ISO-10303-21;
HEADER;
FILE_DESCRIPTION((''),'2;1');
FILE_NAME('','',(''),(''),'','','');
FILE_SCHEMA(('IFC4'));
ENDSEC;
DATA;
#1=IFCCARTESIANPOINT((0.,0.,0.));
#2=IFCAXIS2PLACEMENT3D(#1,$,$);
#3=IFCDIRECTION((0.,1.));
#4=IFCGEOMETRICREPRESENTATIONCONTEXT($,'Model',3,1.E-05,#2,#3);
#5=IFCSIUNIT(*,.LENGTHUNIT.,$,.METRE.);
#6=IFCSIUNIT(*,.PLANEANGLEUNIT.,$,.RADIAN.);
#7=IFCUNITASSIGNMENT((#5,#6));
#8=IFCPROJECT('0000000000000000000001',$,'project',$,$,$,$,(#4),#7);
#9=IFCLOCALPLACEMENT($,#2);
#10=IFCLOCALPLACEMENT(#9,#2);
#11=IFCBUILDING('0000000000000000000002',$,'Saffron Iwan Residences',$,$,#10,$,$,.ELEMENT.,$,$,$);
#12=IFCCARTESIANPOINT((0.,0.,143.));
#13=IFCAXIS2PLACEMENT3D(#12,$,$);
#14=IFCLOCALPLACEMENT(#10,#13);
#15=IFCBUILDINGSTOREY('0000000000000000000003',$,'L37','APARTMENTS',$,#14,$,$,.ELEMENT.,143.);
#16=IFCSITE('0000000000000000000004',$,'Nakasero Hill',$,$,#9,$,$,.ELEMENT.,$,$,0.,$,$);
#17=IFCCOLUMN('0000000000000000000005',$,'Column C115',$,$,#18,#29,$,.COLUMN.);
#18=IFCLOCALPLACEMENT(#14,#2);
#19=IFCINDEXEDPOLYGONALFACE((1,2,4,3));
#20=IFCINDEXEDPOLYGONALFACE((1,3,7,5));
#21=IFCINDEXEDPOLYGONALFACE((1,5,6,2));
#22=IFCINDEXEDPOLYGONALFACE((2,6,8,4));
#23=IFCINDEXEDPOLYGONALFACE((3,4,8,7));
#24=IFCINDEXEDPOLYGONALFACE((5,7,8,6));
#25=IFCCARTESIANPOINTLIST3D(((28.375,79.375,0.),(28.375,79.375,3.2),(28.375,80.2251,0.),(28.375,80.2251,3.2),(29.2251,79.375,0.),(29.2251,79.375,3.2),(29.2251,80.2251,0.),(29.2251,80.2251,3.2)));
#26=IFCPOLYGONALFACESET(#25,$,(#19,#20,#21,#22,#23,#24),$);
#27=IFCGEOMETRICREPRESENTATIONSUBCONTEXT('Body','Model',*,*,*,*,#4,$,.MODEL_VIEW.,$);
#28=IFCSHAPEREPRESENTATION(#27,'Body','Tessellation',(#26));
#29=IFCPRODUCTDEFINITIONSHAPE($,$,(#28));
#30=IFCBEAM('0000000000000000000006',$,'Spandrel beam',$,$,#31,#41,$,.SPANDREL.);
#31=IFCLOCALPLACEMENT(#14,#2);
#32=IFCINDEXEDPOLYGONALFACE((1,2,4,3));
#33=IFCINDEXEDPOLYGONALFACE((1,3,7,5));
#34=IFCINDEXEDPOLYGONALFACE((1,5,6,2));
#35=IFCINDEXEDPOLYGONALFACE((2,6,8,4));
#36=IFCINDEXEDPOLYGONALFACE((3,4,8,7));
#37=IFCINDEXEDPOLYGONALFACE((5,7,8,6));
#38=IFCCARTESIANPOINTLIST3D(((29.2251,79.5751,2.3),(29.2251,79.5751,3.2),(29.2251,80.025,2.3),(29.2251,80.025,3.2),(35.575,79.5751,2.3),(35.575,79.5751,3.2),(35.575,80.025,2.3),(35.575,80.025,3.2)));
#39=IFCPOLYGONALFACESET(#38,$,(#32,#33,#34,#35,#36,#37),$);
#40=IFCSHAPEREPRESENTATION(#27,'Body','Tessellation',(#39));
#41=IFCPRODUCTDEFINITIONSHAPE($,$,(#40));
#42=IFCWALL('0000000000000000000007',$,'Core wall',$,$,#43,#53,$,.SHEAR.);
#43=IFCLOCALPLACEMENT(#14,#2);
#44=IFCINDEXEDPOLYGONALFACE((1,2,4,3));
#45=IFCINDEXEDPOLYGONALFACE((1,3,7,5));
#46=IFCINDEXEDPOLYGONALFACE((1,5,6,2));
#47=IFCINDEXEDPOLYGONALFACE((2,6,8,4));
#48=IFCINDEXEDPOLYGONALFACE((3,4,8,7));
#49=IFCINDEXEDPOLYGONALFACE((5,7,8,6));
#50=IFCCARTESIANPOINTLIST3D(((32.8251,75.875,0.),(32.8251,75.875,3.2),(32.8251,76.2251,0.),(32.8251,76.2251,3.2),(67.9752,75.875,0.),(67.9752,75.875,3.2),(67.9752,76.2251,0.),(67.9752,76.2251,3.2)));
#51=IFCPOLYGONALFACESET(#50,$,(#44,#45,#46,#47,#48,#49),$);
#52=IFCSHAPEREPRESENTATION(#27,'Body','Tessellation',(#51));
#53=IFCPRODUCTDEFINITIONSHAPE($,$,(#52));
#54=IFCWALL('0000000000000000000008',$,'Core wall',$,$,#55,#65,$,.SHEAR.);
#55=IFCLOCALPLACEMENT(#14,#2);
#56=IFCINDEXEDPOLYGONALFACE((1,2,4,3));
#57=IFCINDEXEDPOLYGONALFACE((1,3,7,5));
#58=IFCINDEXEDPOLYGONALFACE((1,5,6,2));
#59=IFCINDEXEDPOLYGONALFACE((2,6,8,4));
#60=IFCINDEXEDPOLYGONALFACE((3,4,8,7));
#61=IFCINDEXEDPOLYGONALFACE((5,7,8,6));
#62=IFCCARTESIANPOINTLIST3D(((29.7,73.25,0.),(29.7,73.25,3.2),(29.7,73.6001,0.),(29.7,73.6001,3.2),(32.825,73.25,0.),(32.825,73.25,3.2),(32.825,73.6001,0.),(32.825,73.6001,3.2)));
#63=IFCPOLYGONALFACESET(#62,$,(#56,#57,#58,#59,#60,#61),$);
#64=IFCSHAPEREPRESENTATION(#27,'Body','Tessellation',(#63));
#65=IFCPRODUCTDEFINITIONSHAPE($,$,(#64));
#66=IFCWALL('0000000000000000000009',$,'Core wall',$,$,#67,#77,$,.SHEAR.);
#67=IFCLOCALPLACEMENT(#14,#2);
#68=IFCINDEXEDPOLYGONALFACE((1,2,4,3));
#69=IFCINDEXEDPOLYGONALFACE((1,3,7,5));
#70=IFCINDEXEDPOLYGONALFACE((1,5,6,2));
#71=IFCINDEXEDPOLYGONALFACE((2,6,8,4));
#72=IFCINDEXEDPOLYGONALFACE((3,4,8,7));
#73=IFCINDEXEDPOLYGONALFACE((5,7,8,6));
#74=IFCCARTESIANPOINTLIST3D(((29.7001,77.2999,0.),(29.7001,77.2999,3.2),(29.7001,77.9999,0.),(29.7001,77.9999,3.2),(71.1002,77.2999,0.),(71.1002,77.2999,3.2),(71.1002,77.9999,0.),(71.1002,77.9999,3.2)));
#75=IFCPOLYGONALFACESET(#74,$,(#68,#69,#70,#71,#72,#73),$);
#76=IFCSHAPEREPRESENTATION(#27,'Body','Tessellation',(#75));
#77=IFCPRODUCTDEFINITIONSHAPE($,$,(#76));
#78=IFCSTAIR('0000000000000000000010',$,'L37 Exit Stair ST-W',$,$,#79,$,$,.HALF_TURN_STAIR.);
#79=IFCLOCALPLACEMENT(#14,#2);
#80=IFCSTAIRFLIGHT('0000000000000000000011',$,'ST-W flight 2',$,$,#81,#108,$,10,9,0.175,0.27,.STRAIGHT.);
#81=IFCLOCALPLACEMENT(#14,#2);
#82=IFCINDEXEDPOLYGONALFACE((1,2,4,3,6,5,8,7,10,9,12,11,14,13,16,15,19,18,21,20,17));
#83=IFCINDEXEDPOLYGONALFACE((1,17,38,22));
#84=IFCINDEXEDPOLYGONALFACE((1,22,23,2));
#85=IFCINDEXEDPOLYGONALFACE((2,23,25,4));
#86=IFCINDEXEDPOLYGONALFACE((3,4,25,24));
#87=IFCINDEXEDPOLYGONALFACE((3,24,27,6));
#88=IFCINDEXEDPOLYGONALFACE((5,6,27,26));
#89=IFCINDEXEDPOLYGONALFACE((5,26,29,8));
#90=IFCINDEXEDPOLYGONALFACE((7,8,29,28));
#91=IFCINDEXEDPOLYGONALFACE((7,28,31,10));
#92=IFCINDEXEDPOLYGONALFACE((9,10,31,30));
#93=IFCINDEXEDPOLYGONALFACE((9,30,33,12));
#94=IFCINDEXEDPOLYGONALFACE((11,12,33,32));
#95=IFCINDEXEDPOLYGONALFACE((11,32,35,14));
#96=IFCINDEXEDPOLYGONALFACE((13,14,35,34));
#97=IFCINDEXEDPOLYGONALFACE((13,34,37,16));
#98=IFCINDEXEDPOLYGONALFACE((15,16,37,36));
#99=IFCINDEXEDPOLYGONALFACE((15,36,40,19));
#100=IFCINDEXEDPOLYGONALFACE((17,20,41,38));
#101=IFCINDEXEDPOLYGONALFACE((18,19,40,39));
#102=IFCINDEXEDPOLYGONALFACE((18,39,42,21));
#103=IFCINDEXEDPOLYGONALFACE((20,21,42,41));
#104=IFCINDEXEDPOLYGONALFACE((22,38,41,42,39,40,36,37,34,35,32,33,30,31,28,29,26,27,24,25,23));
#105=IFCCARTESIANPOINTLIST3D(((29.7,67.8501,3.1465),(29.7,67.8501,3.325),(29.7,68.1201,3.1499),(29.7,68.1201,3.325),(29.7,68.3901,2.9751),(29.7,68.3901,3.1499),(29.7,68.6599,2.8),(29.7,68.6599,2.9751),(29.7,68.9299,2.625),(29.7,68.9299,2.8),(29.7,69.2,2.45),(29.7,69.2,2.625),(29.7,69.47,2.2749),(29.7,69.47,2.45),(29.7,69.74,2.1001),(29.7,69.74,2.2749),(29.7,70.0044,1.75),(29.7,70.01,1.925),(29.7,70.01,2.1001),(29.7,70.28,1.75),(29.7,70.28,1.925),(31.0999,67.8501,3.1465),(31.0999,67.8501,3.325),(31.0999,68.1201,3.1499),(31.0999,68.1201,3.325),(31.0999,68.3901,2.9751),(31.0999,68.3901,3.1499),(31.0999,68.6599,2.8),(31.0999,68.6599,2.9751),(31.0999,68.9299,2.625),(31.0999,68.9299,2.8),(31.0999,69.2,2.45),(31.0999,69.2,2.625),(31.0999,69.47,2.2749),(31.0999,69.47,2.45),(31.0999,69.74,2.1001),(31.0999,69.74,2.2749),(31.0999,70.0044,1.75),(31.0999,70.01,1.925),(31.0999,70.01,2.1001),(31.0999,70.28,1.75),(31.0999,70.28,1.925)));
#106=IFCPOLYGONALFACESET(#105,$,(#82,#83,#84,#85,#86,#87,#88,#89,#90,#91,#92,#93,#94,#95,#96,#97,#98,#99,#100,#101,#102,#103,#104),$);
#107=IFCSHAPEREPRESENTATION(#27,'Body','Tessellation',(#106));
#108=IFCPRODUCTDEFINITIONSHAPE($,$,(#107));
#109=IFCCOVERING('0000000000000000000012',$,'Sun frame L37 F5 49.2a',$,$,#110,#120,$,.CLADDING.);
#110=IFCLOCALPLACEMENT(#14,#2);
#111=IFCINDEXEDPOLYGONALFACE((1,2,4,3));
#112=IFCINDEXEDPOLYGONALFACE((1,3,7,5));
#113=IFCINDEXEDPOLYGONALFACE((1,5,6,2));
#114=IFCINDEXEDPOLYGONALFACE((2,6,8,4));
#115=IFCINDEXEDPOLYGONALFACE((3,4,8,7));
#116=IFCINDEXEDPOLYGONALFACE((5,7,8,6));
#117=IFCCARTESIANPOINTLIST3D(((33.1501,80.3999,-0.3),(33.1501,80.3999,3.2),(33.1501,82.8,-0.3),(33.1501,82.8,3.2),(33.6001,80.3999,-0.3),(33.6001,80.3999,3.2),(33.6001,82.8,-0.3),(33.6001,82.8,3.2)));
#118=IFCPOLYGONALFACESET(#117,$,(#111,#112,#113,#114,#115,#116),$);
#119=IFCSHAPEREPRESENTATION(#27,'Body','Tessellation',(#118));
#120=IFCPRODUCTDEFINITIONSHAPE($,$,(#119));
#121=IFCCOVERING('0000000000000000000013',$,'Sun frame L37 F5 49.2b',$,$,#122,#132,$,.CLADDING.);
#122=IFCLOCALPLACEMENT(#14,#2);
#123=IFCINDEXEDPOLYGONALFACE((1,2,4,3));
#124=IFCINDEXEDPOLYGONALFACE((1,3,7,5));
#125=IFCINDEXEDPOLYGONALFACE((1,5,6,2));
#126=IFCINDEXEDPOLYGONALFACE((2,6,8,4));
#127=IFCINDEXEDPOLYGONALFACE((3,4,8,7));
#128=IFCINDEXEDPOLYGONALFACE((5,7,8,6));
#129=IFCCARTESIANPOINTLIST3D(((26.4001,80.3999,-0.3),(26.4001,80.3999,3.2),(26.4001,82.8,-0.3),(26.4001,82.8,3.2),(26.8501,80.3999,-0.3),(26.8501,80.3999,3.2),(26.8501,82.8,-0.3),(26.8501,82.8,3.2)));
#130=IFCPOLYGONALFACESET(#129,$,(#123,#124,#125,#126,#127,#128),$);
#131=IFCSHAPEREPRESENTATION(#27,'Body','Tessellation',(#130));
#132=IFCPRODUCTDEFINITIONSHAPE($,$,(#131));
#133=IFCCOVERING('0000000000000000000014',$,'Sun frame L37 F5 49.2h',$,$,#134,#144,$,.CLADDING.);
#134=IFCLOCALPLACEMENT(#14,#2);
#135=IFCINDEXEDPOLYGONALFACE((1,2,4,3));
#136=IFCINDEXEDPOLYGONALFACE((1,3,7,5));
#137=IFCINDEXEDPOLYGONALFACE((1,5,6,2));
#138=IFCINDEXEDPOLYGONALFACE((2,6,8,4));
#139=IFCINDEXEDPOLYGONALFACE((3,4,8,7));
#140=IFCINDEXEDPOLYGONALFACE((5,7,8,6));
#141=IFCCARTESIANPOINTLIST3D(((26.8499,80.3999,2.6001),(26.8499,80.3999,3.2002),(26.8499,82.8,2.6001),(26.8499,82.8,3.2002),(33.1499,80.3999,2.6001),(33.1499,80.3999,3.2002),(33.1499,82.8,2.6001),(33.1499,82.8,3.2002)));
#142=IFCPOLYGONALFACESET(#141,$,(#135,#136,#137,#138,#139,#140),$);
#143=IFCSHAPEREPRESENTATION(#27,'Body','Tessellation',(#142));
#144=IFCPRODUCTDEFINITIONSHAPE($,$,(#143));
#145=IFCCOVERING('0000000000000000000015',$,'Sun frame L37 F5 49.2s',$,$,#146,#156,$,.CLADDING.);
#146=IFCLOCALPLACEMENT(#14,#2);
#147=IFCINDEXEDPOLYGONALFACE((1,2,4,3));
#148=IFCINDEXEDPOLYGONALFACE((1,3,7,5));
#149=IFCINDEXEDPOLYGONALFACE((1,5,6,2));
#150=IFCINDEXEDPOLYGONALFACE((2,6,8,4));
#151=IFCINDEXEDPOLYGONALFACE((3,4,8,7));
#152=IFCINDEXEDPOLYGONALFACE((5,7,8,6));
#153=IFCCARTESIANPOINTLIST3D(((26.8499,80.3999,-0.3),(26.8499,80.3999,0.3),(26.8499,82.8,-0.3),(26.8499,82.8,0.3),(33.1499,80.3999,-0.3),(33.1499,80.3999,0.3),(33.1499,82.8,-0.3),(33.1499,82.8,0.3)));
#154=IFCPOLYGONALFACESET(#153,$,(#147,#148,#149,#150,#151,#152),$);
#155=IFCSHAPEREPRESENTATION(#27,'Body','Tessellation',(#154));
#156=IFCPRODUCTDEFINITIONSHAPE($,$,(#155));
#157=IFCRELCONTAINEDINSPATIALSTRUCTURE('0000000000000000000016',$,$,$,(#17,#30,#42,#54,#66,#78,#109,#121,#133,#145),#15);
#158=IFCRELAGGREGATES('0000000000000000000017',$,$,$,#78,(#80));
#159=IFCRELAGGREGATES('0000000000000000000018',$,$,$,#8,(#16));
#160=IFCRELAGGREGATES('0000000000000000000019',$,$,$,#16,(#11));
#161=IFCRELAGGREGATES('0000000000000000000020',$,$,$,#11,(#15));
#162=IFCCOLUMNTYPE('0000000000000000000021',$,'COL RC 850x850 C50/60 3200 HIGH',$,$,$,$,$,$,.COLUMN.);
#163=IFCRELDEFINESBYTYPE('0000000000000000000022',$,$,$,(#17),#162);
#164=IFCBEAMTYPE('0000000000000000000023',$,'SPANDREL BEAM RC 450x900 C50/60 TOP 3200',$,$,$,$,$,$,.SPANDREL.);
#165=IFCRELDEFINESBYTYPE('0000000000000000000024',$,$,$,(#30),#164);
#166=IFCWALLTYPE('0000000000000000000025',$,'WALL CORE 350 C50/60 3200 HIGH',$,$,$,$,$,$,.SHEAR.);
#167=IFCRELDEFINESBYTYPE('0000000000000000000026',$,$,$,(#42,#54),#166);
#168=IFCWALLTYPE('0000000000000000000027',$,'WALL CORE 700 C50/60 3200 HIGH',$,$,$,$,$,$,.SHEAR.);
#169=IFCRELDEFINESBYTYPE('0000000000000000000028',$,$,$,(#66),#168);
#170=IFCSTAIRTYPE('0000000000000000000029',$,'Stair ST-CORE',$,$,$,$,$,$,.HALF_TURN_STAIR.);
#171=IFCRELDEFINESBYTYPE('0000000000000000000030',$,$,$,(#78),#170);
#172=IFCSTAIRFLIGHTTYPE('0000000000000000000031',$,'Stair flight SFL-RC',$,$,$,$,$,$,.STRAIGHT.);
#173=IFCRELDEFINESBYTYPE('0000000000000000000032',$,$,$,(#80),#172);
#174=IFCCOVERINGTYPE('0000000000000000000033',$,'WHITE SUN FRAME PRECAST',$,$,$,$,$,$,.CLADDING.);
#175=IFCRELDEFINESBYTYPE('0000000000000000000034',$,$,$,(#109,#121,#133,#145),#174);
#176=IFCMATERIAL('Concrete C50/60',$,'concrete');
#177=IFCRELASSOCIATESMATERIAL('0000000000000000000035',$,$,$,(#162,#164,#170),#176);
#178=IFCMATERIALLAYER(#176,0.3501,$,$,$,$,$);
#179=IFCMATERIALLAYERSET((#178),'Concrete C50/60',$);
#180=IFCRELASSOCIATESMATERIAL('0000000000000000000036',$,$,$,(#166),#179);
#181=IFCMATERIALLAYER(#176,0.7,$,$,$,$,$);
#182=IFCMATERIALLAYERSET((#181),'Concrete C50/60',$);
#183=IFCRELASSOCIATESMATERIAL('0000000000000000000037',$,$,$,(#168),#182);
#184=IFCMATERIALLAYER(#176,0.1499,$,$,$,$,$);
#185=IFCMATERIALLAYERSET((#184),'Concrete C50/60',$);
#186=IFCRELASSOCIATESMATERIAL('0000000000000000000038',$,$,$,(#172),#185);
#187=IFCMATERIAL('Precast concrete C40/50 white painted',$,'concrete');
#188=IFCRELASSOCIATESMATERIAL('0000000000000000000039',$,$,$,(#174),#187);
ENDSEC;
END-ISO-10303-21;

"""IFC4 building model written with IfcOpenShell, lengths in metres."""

from ifc_helpers import new_model, si_unit, direction, frame, frame_2d, origin, origin_2d, place, context, subcontext, project, spatial, polyline, rectangle, outline, extrude, source, transform, mapped, material, layer, layer_set, material_profile, profile_set, type_object, element, aggregate, save


model = new_model("IFC4")

# Units and contexts
model_context = context("Model", 3, precision=1e-05, world=origin(), true_north=direction((0.0, 1.0)))
body_context = subcontext(model_context, "Body", "Model", "MODEL_VIEW")
ifc_project = project(units=[si_unit("LENGTHUNIT", "METRE"), si_unit("PLANEANGLEUNIT", "RADIAN")], contexts=[model_context])

# Site, building, storey
site_placement = place(None, origin())
site = spatial("IfcSite", under=ifc_project, at=site_placement, Name="Nakasero Hill", CompositionType="ELEMENT", RefElevation=0.0)
building_placement = place(site_placement, origin())
building = spatial("IfcBuilding", under=site, at=building_placement, Name="Saffron Iwan Residences", CompositionType="ELEMENT")
storey_placement = place(building_placement, frame((0.0, 0.0, 143.0)))
storey = spatial("IfcBuildingStorey", under=building, at=storey_placement, Name="L37", Description="APARTMENTS", CompositionType="ELEMENT", Elevation=143.0)

# Column
ifc_material_1 = material(Name="Concrete C50/60", Category="concrete")
ifc_material_profile_1 = material_profile(ifc_material_1, rectangle(XDim=0.8501, YDim=0.8501, at=origin_2d()), Name="RC 850x850")
ifc_profile_set_1 = profile_set([ifc_material_profile_1], Name="Concrete C50/60")
column_type = type_object("IfcColumnType", Name="COL RC 850x850 C50/60 3200 HIGH", PredefinedType="COLUMN", material=ifc_profile_set_1)
shared_shape_1 = source(origin(), body_context, "Body", "SweptSolid", [
    extrude(rectangle(XDim=0.8501, YDim=0.8501, at=origin_2d()), origin(), (0.0, 0.0, 1.0), 3.2),
])
column_placement = place(storey_placement, frame((28.8, 79.8, 0.0), z_axis=(0.0, 0.0, 1.0), x_axis=(1.0, 0.0, 0.0)))
element("IfcColumn", 1, at=column_placement, inside=storey, type_object=column_type, Name="Column C115", PredefinedType="COLUMN", context=body_context, shape_type="MappedRepresentation", body=[
    mapped(shared_shape_1, transform((0.0, 0.0, 0.0))),
])

# Beam
ifc_material_profile_2 = material_profile(ifc_material_1, rectangle(XDim=0.45, YDim=0.8999, at=origin_2d()), Name="RC 450x900")
ifc_profile_set_2 = profile_set([ifc_material_profile_2], Name="Concrete C50/60")
beam_type = type_object("IfcBeamType", Name="SPANDREL BEAM RC 450x900 C50/60 TOP 3200", PredefinedType="SPANDREL", material=ifc_profile_set_2)
shared_shape_2 = source(origin(), body_context, "Body", "SweptSolid", [
    extrude(rectangle(XDim=0.45, YDim=0.8999, at=origin_2d()), origin(), (0.0, 0.0, 1.0), 6.3499),
])
beam_placement = place(storey_placement, frame((29.2251, 79.8, 2.75), z_axis=(1.0, 0.0, 0.0), x_axis=(0.0, 1.0, 0.0)))
element("IfcBeam", 2, at=beam_placement, inside=storey, type_object=beam_type, Name="Spandrel beam", PredefinedType="SPANDREL", context=body_context, shape_type="MappedRepresentation", body=[
    mapped(shared_shape_2, transform((0.0, 0.0, 0.0))),
])

# Shared definitions
ifc_layer_1 = layer(ifc_material_1, 0.3501)
ifc_layer_set_1 = layer_set([ifc_layer_1], Name="Concrete C50/60")
wall_type_1 = type_object("IfcWallType", Name="WALL CORE 350 C50/60 3200 HIGH", PredefinedType="SHEAR", material=ifc_layer_set_1)

# Walls
wall_1_placement = place(storey_placement, frame((32.825, 76.05, 0.0), z_axis=(0.0, 0.0, 1.0), x_axis=(1.0, 0.0, 0.0)))
element("IfcWall", 3, at=wall_1_placement, inside=storey, type_object=wall_type_1, Name="Core wall", PredefinedType="SHEAR", context=body_context, shape_type="SweptSolid", body=[
    extrude(rectangle(XDim=35.1501, YDim=0.3501, at=frame_2d((17.5752, 0.0))), origin(), (0.0, 0.0, 1.0), 3.2),
])
wall_2_placement = place(storey_placement, frame((29.7, 73.425, 0.0), z_axis=(0.0, 0.0, 1.0), x_axis=(1.0, 0.0, 0.0)))
element("IfcWall", 4, at=wall_2_placement, inside=storey, type_object=wall_type_1, Name="Core wall", PredefinedType="SHEAR", context=body_context, shape_type="SweptSolid", body=[
    extrude(rectangle(XDim=3.125, YDim=0.3501, at=frame_2d((1.5625, 0.0))), origin(), (0.0, 0.0, 1.0), 3.2),
])
ifc_layer_2 = layer(ifc_material_1, 0.7)
ifc_layer_set_2 = layer_set([ifc_layer_2], Name="Concrete C50/60")
wall_type_2 = type_object("IfcWallType", Name="WALL CORE 700 C50/60 3200 HIGH", PredefinedType="SHEAR", material=ifc_layer_set_2)
wall_3_placement = place(storey_placement, frame((29.7, 77.6499, 0.0), z_axis=(0.0, 0.0, 1.0), x_axis=(1.0, 0.0, 0.0)))
element("IfcWall", 5, at=wall_3_placement, inside=storey, type_object=wall_type_2, Name="Core wall", PredefinedType="SHEAR", context=body_context, shape_type="SweptSolid", body=[
    extrude(rectangle(XDim=41.4001, YDim=0.7, at=frame_2d((20.7002, 0.0))), origin(), (0.0, 0.0, 1.0), 3.2),
])

# Stair, stair flight
stair_type = type_object("IfcStairType", Name="Stair ST-CORE", PredefinedType="HALF_TURN_STAIR", material=ifc_material_1)
stair_placement = place(storey_placement, origin())
stair = element("IfcStair", 6, at=stair_placement, inside=storey, type_object=stair_type, Name="L37 Exit Stair ST-W", PredefinedType="HALF_TURN_STAIR")
ifc_layer_3 = layer(ifc_material_1, 0.1499)
ifc_layer_set_3 = layer_set([ifc_layer_3], Name="Concrete C50/60")
stair_flight_type = type_object("IfcStairFlightType", Name="Stair flight SFL-RC", PredefinedType="STRAIGHT", material=ifc_layer_set_3)
stair_flight_placement = place(storey_placement, frame((30.3999, 70.28, 1.75), z_axis=(0.0, 0.0, 1.0), x_axis=(0.0, -1.0, 0.0)))
stair_flight = element("IfcStairFlight", 7, at=stair_flight_placement, type_object=stair_flight_type, Name="ST-W flight 2", NumberOfRisers=10, NumberOfTreads=9, PredefinedType="STRAIGHT", RiserHeight=0.175, TreadLength=0.27, context=body_context, shape_type="SweptSolid", body=[
    extrude(outline(polyline([(0.0, 0.0), (0.0, 0.175), (0.27, 0.175), (0.27, 0.3501), (0.54, 0.3501), (0.54, 0.5249), (0.8101, 0.5249), (0.8101, 0.7), (1.0801, 0.7), (1.0801, 0.875), (1.3501, 0.875), (1.3501, 1.05), (1.6201, 1.05), (1.6201, 1.2251), (1.8899, 1.2251), (1.8899, 1.3999), (2.1599, 1.3999), (2.1599, 1.575), (2.4299, 1.575), (2.4299, 1.75), (2.4299, 1.3965), (0.2756, 0.0), (0.0, 0.0)])), frame((0.0, 0.7, 0.0), z_axis=(0.0, -1.0, 0.0), x_axis=(1.0, 0.0, 0.0)), (0.0, 0.0, 1.0), 1.3999),
])
aggregate(stair, [stair_flight])

# Coverings
ifc_material_2 = material(Name="Precast concrete C40/50 white painted", Category="concrete")
covering_type = type_object("IfcCoveringType", Name="WHITE SUN FRAME PRECAST", PredefinedType="CLADDING", material=ifc_material_2)
for number, where, z_axis, x_axis, name in (
    (8, (33.6001, 80.3999, -0.3), (0.0, 1.0, 0.0), (-1.0, 0.0, 0.0), "Sun frame L37 F5 49.2a"),
    (9, (26.8501, 80.3999, -0.3), (0.0, 1.0, 0.0), (-1.0, 0.0, 0.0), "Sun frame L37 F5 49.2b"),
):
    element("IfcCovering", number, at=place(storey_placement, frame(where, z_axis=z_axis, x_axis=x_axis)), inside=storey, type_object=covering_type, Name=name, PredefinedType="CLADDING", context=body_context, shape_type="SweptSolid", body=[
        extrude(outline(polyline([(0.0, 0.0), (0.45, 0.0), (0.45, 3.5), (0.0, 3.5), (0.0, 0.0)])), origin(), (0.0, 0.0, 1.0), 2.4001),
    ])
for number, where, z_axis, x_axis, name in (
    (10, (33.1499, 80.3999, 2.6001), (0.0, 1.0, 0.0), (-1.0, 0.0, 0.0), "Sun frame L37 F5 49.2h"),
    (11, (33.1499, 80.3999, -0.3), (0.0, 1.0, 0.0), (-1.0, 0.0, 0.0), "Sun frame L37 F5 49.2s"),
):
    element("IfcCovering", number, at=place(storey_placement, frame(where, z_axis=z_axis, x_axis=x_axis)), inside=storey, type_object=covering_type, Name=name, PredefinedType="CLADDING", context=body_context, shape_type="SweptSolid", body=[
        extrude(outline(polyline([(0.0, 0.0), (6.3, 0.0), (6.3, 0.6001), (0.0, 0.6001), (0.0, 0.0)])), origin(), (0.0, 0.0, 1.0), 2.4001),
    ])

save(model, "model.ifc")
